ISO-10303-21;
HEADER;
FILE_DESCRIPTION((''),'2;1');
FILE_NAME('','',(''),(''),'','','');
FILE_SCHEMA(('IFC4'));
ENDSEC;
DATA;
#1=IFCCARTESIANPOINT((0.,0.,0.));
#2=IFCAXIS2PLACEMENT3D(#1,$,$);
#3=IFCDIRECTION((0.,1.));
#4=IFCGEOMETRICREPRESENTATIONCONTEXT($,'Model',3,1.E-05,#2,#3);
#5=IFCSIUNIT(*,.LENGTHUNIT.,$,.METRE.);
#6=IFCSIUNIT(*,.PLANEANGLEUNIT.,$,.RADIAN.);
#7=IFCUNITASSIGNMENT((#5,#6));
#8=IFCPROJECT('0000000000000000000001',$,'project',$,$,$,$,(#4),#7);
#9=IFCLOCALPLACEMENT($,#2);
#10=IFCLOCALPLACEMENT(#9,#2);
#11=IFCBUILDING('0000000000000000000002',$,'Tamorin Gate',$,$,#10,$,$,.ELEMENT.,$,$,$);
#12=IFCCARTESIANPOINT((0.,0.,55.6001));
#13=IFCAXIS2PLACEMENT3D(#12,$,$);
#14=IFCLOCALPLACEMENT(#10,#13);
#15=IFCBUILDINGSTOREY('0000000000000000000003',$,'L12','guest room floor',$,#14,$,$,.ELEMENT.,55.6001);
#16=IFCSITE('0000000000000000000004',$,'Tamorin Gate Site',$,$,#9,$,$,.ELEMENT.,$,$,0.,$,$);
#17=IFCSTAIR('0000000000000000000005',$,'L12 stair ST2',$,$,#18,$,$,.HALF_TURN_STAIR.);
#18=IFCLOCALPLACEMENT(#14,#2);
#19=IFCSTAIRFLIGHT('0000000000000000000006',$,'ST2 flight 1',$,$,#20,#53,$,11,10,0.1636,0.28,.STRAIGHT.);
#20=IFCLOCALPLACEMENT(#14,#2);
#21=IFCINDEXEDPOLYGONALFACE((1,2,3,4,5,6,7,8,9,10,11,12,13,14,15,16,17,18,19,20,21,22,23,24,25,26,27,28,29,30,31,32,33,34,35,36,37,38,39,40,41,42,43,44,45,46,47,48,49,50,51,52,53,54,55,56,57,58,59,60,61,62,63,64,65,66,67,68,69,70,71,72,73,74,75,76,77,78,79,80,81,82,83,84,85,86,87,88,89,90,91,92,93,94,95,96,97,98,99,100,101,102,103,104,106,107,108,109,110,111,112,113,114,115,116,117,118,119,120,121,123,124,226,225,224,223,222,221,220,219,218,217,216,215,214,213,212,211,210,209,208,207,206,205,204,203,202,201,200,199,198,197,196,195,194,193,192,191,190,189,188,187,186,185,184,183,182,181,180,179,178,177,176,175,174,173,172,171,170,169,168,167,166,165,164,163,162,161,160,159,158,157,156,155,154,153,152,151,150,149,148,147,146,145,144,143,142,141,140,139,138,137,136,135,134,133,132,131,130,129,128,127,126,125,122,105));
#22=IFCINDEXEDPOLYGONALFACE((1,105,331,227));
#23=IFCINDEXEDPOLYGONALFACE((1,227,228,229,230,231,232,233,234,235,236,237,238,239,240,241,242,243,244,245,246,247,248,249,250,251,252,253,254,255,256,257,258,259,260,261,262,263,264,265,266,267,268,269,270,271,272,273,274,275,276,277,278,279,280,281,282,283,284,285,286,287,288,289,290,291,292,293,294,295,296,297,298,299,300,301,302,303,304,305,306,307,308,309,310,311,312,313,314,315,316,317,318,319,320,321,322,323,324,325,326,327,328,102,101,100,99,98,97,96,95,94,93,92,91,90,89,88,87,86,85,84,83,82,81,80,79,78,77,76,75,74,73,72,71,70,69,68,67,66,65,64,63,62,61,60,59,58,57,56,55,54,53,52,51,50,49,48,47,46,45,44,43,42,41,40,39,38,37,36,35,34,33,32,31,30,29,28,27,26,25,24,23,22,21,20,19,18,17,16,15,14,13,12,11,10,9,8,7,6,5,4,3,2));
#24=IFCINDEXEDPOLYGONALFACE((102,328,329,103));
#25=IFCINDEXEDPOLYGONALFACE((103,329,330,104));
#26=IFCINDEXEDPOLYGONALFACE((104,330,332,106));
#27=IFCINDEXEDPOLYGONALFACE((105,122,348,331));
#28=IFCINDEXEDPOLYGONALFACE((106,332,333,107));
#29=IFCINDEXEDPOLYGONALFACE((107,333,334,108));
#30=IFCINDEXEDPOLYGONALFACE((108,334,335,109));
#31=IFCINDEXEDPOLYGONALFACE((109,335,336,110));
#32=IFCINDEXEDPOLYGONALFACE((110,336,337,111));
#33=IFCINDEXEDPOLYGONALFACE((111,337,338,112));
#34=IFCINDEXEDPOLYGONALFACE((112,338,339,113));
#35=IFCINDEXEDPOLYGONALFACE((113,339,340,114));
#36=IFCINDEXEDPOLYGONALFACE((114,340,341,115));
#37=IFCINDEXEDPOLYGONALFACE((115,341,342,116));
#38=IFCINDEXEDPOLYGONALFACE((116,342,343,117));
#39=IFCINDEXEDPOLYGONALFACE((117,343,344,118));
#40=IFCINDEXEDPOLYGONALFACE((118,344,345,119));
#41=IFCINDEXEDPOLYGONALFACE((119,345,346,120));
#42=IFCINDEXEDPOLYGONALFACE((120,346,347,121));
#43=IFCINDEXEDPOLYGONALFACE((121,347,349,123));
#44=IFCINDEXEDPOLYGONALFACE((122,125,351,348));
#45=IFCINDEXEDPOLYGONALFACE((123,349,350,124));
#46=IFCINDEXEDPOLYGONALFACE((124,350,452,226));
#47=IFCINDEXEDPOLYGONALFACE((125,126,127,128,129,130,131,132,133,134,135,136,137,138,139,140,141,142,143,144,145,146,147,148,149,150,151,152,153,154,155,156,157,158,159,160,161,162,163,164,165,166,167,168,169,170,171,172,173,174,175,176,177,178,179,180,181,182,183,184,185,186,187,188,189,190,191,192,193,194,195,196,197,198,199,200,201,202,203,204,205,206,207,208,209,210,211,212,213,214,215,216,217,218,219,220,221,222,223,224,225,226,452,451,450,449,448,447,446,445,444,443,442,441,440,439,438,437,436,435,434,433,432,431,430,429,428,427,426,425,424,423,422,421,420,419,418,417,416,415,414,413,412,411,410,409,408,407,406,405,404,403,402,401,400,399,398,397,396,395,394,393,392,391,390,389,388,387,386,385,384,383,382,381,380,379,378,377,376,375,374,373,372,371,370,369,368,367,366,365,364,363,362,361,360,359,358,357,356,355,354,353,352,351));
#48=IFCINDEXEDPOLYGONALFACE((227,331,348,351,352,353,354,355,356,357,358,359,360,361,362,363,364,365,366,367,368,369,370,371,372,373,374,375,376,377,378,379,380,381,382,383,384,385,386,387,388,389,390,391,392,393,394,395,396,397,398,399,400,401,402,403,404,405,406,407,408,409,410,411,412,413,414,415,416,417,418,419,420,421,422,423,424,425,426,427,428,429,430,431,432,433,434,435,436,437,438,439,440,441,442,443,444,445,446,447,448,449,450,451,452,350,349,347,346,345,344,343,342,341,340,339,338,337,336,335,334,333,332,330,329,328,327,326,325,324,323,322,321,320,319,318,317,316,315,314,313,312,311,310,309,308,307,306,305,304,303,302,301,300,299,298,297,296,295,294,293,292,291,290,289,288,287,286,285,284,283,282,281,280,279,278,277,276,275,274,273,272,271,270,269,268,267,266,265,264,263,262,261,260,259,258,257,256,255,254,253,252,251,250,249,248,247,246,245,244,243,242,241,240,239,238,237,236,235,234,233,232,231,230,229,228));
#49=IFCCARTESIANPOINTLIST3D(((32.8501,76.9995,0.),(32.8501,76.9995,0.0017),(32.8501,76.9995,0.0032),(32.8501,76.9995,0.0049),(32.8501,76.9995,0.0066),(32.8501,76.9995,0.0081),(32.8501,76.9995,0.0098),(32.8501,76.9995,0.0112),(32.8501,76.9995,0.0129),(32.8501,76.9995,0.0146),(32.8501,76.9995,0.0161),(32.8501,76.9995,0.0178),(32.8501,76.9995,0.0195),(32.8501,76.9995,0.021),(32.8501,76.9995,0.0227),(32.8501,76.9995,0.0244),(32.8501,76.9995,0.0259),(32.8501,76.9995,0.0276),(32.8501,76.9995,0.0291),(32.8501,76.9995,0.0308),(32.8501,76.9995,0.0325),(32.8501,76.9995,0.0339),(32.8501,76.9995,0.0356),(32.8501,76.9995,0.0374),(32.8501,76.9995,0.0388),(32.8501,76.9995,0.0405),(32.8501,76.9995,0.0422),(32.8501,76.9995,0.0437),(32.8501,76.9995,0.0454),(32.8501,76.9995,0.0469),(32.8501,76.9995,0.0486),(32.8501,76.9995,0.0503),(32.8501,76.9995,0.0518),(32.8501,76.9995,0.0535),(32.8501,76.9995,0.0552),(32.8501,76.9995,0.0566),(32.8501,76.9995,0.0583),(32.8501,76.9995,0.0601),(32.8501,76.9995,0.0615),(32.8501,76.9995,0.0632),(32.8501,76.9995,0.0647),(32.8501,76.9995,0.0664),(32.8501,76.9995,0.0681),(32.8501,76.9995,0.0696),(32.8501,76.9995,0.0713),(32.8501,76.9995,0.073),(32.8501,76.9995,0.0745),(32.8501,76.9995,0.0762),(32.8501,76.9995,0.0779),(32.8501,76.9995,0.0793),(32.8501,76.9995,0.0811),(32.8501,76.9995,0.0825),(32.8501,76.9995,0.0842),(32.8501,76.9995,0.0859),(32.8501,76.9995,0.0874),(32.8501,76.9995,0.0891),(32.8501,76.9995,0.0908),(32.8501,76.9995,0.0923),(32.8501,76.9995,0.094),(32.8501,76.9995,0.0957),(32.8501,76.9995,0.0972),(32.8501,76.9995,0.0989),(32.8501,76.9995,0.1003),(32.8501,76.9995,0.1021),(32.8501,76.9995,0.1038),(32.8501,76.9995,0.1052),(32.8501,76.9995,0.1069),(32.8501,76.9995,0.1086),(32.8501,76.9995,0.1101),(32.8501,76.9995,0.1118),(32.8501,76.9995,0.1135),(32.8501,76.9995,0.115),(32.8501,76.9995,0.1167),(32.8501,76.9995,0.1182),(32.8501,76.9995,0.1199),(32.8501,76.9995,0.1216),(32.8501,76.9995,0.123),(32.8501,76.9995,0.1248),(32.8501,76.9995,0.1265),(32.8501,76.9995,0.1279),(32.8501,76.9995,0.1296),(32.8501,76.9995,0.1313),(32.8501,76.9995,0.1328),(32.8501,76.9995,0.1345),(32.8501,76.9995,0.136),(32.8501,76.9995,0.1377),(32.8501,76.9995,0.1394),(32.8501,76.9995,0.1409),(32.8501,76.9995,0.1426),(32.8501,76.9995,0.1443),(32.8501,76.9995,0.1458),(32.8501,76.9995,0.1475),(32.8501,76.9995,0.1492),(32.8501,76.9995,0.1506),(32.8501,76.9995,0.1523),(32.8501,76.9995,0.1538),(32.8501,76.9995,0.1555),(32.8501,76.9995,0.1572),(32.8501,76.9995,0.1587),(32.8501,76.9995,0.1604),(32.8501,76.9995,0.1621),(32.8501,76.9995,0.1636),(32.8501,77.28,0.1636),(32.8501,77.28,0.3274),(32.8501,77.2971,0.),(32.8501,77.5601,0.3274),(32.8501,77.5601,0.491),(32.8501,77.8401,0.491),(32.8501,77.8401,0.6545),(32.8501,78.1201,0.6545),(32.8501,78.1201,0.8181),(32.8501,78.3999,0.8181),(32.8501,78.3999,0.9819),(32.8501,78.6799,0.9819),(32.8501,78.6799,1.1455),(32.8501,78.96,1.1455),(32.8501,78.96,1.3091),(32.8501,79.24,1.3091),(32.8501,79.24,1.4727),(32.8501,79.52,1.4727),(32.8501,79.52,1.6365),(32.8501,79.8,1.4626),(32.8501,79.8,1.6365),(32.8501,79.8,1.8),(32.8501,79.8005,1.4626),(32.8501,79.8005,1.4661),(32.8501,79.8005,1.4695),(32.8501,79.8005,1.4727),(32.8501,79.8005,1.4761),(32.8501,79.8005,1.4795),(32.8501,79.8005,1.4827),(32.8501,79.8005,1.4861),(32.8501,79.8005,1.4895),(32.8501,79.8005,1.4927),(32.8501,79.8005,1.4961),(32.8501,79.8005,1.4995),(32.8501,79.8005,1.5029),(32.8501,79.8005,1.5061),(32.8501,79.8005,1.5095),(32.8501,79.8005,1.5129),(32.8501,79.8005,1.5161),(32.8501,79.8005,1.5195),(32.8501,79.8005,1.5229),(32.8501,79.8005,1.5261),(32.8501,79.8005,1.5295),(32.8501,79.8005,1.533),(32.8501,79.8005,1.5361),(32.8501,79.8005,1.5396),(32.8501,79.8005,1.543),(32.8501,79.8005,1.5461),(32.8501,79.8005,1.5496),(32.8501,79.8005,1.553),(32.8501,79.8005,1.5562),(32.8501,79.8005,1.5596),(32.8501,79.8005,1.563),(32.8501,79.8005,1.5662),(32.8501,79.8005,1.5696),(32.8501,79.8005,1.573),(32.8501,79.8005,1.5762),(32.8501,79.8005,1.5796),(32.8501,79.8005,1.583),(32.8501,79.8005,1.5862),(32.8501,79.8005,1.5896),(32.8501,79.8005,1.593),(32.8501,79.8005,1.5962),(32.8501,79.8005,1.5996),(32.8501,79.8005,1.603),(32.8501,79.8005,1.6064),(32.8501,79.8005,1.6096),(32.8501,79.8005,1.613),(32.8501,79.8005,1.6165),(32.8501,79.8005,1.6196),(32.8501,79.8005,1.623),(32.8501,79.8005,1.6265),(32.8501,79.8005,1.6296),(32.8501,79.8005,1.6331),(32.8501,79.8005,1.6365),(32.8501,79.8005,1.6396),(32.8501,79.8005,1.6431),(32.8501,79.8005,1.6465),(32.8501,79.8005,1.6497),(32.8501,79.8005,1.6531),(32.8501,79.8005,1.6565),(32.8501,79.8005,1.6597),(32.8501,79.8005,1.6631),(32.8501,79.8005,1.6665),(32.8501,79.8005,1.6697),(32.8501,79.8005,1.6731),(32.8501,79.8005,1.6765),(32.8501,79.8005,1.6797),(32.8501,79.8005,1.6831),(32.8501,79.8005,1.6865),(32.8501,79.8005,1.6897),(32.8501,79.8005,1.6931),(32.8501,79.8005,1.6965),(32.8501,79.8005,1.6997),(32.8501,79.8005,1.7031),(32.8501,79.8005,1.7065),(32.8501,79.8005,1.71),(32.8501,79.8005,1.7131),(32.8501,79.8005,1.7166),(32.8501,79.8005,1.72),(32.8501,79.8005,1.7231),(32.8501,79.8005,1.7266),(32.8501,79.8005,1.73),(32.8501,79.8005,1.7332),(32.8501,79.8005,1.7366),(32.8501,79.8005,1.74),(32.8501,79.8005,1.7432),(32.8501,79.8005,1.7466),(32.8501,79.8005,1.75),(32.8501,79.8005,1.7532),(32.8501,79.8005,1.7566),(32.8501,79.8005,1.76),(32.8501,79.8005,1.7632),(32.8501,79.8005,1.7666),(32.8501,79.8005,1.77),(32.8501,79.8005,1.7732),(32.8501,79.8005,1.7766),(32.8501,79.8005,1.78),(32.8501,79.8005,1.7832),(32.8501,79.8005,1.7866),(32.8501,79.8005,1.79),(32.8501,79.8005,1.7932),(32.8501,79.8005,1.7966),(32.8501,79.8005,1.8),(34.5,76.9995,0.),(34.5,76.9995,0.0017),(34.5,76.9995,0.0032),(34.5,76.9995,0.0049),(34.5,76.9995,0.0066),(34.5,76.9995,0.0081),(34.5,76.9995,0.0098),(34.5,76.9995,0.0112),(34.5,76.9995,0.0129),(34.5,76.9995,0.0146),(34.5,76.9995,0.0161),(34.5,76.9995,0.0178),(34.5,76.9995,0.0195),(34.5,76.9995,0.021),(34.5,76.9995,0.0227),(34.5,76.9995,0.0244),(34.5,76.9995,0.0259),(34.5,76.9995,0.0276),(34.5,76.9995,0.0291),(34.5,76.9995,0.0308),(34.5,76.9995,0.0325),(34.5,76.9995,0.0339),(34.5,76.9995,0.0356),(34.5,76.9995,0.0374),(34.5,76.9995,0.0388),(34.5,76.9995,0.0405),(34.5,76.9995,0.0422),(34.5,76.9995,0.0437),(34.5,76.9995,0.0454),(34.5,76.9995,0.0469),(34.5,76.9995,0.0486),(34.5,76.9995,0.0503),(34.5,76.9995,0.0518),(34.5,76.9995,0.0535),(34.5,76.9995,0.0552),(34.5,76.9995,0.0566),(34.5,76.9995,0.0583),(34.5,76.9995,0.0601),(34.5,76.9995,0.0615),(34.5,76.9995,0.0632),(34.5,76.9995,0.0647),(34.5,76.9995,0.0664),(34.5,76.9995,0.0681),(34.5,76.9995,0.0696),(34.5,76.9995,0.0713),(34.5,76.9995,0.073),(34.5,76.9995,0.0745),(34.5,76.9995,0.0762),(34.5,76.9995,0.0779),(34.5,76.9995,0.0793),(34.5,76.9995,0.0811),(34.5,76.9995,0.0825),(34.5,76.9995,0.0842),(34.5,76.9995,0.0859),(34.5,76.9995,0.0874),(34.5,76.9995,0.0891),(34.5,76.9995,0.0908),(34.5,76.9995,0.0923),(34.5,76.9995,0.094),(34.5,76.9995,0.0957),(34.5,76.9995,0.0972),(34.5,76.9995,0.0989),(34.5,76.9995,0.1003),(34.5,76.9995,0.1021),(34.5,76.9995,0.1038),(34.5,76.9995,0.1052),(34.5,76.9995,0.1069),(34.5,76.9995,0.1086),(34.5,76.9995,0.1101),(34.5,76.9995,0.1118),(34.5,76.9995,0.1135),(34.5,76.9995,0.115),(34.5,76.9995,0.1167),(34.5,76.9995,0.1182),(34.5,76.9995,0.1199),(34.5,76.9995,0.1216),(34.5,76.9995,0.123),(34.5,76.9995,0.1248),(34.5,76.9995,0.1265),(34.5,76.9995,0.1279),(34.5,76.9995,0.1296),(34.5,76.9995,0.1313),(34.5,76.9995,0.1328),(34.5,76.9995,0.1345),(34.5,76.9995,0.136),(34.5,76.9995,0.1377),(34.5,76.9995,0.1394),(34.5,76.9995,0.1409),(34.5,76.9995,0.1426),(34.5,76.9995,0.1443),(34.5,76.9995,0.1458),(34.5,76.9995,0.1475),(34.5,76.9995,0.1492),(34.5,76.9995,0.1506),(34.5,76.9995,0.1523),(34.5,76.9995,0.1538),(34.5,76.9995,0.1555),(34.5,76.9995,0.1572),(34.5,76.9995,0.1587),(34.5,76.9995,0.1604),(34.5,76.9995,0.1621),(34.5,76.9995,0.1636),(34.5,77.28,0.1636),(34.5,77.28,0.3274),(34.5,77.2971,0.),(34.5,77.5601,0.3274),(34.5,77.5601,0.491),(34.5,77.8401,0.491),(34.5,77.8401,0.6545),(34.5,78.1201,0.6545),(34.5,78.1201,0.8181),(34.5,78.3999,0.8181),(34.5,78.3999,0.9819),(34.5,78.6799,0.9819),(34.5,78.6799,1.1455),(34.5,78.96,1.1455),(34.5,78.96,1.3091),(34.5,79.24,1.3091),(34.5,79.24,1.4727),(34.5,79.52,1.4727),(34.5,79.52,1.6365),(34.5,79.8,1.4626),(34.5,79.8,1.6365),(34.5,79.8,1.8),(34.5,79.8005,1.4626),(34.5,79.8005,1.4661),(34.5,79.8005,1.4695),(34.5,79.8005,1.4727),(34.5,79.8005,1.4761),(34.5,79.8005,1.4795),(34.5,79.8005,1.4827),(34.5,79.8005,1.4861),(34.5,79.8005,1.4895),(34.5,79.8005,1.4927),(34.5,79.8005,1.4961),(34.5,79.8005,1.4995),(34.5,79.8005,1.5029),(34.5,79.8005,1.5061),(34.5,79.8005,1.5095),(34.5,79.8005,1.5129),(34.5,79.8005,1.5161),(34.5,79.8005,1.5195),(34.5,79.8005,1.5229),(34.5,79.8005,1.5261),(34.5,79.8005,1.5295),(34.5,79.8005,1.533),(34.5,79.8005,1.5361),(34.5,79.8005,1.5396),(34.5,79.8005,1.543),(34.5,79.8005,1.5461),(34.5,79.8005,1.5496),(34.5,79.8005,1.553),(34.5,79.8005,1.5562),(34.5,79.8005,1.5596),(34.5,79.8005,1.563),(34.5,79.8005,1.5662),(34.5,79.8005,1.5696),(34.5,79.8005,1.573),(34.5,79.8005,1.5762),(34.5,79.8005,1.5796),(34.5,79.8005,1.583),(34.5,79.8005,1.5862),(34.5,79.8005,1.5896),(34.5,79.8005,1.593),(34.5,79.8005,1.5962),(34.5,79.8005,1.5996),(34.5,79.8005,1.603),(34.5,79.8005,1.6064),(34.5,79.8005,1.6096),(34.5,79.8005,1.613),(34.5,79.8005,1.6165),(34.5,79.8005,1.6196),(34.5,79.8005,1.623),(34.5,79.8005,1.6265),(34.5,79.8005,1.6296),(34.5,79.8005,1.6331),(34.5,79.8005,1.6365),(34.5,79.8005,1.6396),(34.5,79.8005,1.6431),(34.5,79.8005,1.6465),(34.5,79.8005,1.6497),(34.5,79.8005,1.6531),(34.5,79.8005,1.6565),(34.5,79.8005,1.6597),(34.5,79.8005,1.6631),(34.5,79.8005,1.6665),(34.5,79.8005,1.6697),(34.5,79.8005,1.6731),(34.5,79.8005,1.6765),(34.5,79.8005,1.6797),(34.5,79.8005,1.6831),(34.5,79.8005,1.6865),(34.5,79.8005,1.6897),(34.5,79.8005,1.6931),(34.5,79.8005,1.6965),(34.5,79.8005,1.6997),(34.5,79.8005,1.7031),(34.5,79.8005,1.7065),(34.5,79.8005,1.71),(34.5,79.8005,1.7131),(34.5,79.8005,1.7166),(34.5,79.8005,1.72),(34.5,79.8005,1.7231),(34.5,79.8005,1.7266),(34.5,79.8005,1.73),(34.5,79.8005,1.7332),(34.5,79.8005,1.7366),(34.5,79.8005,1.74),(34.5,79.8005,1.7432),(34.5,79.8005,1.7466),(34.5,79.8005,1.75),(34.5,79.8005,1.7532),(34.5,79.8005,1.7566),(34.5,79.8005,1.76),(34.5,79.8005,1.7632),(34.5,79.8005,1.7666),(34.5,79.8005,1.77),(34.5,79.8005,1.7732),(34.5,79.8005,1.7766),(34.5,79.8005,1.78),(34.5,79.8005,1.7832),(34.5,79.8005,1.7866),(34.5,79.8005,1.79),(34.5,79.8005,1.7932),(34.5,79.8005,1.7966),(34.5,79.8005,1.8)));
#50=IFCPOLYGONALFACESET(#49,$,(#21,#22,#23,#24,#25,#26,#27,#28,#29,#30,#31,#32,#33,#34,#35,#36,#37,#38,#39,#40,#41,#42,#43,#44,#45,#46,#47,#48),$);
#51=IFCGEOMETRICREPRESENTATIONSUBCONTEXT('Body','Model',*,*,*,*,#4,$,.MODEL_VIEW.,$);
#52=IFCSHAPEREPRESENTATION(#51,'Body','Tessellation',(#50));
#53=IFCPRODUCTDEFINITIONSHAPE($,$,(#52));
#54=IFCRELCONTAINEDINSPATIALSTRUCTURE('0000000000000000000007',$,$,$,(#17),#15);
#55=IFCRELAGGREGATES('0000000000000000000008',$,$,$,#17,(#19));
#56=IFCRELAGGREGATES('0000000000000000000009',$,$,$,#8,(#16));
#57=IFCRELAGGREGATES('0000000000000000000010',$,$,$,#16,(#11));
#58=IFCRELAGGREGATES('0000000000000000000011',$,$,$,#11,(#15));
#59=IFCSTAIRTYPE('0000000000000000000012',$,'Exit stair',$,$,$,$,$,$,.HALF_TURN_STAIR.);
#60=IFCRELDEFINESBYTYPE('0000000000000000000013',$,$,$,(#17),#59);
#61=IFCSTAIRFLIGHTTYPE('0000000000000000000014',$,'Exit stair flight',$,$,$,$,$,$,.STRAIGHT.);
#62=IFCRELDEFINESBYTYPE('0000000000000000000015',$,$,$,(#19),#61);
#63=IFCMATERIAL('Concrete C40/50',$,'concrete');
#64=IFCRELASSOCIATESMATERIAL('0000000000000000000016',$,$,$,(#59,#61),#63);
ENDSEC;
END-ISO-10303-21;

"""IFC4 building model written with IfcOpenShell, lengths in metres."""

from ifc_helpers import new_model, si_unit, direction, frame, origin, place, context, subcontext, project, spatial, polyline, outline, extrude, material, type_object, element, aggregate, save


model = new_model("IFC4")

# Units and contexts
model_context = context("Model", 3, precision=1e-05, world=origin(), true_north=direction((0.0, 1.0)))
body_context = subcontext(model_context, "Body", "Model", "MODEL_VIEW")
ifc_project = project(units=[si_unit("LENGTHUNIT", "METRE"), si_unit("PLANEANGLEUNIT", "RADIAN")], contexts=[model_context])

# Site, building, storey
site_placement = place(None, origin())
site = spatial("IfcSite", under=ifc_project, at=site_placement, Name="Tamorin Gate Site", CompositionType="ELEMENT", RefElevation=0.0)
building_placement = place(site_placement, origin())
building = spatial("IfcBuilding", under=site, at=building_placement, Name="Tamorin Gate", CompositionType="ELEMENT")
storey_placement = place(building_placement, frame((0.0, 0.0, 55.6001)))
storey = spatial("IfcBuildingStorey", under=building, at=storey_placement, Name="L12", Description="guest room floor", CompositionType="ELEMENT", Elevation=55.6001)

# Shared definitions
ifc_material_1 = material(Name="Concrete C40/50", Category="concrete")

# Stair, stair flight
stair_type = type_object("IfcStairType", Name="Exit stair", PredefinedType="HALF_TURN_STAIR", material=ifc_material_1)
stair_placement = place(storey_placement, origin())
stair = element("IfcStair", 1, at=stair_placement, inside=storey, type_object=stair_type, Name="L12 stair ST2", PredefinedType="HALF_TURN_STAIR")
stair_flight_type = type_object("IfcStairFlightType", Name="Exit stair flight", PredefinedType="STRAIGHT", material=ifc_material_1)
stair_flight_1_placement = place(storey_placement, frame((33.675, 77.0, 0.0), z_axis=(0.0, 0.0, 1.0), x_axis=(0.0, 1.0, 0.0)))
stair_flight_1 = element("IfcStairFlight", 2, at=stair_flight_1_placement, type_object=stair_flight_type, Name="ST2 flight 1", NumberOfRisers=11, NumberOfTreads=10, PredefinedType="STRAIGHT", RiserHeight=0.1636, TreadLength=0.28, context=body_context, shape_type="SweptSolid", body=[
    extrude(outline(polyline([(-0.0005, 0.0), (-0.0005, 0.0017), (-0.0005, 0.0032), (-0.0005, 0.0049), (-0.0005, 0.0066), (-0.0005, 0.0081), (-0.0005, 0.0098), (-0.0005, 0.0112), (-0.0005, 0.0129), (-0.0005, 0.0146), (-0.0005, 0.0161), (-0.0005, 0.0178), (-0.0005, 0.0195), (-0.0005, 0.021), (-0.0005, 0.0227), (-0.0005, 0.0244), (-0.0005, 0.0259), (-0.0005, 0.0276), (-0.0005, 0.0291), (-0.0005, 0.0308), (-0.0005, 0.0325), (-0.0005, 0.0339), (-0.0005, 0.0356), (-0.0005, 0.0374), (-0.0005, 0.0388), (-0.0005, 0.0405), (-0.0005, 0.0422), (-0.0005, 0.0437), (-0.0005, 0.0454), (-0.0005, 0.0469), (-0.0005, 0.0486), (-0.0005, 0.0503), (-0.0005, 0.0518), (-0.0005, 0.0535), (-0.0005, 0.0552), (-0.0005, 0.0566), (-0.0005, 0.0583), (-0.0005, 0.0601), (-0.0005, 0.0615), (-0.0005, 0.0632), (-0.0005, 0.0647), (-0.0005, 0.0664), (-0.0005, 0.0681), (-0.0005, 0.0696), (-0.0005, 0.0713), (-0.0005, 0.073), (-0.0005, 0.0745), (-0.0005, 0.0762), (-0.0005, 0.0779), (-0.0005, 0.0793), (-0.0005, 0.0811), (-0.0005, 0.0825), (-0.0005, 0.0842), (-0.0005, 0.0859), (-0.0005, 0.0874), (-0.0005, 0.0891), (-0.0005, 0.0908), (-0.0005, 0.0923), (-0.0005, 0.094), (-0.0005, 0.0957), (-0.0005, 0.0972), (-0.0005, 0.0989), (-0.0005, 0.1003), (-0.0005, 0.1021), (-0.0005, 0.1038), (-0.0005, 0.1052), (-0.0005, 0.1069), (-0.0005, 0.1086), (-0.0005, 0.1101), (-0.0005, 0.1118), (-0.0005, 0.1135), (-0.0005, 0.115), (-0.0005, 0.1167), (-0.0005, 0.1182), (-0.0005, 0.1199), (-0.0005, 0.1216), (-0.0005, 0.123), (-0.0005, 0.1248), (-0.0005, 0.1265), (-0.0005, 0.1279), (-0.0005, 0.1296), (-0.0005, 0.1313), (-0.0005, 0.1328), (-0.0005, 0.1345), (-0.0005, 0.136), (-0.0005, 0.1377), (-0.0005, 0.1394), (-0.0005, 0.1409), (-0.0005, 0.1426), (-0.0005, 0.1443), (-0.0005, 0.1458), (-0.0005, 0.1475), (-0.0005, 0.1492), (-0.0005, 0.1506), (-0.0005, 0.1523), (-0.0005, 0.1538), (-0.0005, 0.1555), (-0.0005, 0.1572), (-0.0005, 0.1587), (-0.0005, 0.1604), (-0.0005, 0.1621), (-0.0005, 0.1636), (0.28, 0.1636), (0.28, 0.3274), (0.5601, 0.3274), (0.5601, 0.491), (0.8401, 0.491), (0.8401, 0.6545), (1.1201, 0.6545), (1.1201, 0.8181), (1.3999, 0.8181), (1.3999, 0.9819), (1.6799, 0.9819), (1.6799, 1.1455), (1.96, 1.1455), (1.96, 1.3091), (2.24, 1.3091), (2.24, 1.4727), (2.52, 1.4727), (2.52, 1.6365), (2.8, 1.6365), (2.8, 1.8), (2.8005, 1.8), (2.8005, 1.7966), (2.8005, 1.7932), (2.8005, 1.79), (2.8005, 1.7866), (2.8005, 1.7832), (2.8005, 1.78), (2.8005, 1.7766), (2.8005, 1.7732), (2.8005, 1.77), (2.8005, 1.7666), (2.8005, 1.7632), (2.8005, 1.76), (2.8005, 1.7566), (2.8005, 1.7532), (2.8005, 1.75), (2.8005, 1.7466), (2.8005, 1.7432), (2.8005, 1.74), (2.8005, 1.7366), (2.8005, 1.7332), (2.8005, 1.73), (2.8005, 1.7266), (2.8005, 1.7231), (2.8005, 1.72), (2.8005, 1.7166), (2.8005, 1.7131), (2.8005, 1.71), (2.8005, 1.7065), (2.8005, 1.7031), (2.8005, 1.6997), (2.8005, 1.6965), (2.8005, 1.6931), (2.8005, 1.6897), (2.8005, 1.6865), (2.8005, 1.6831), (2.8005, 1.6797), (2.8005, 1.6765), (2.8005, 1.6731), (2.8005, 1.6697), (2.8005, 1.6665), (2.8005, 1.6631), (2.8005, 1.6597), (2.8005, 1.6565), (2.8005, 1.6531), (2.8005, 1.6497), (2.8005, 1.6465), (2.8005, 1.6431), (2.8005, 1.6396), (2.8005, 1.6365), (2.8005, 1.6331), (2.8005, 1.6296), (2.8005, 1.6265), (2.8005, 1.623), (2.8005, 1.6196), (2.8005, 1.6165), (2.8005, 1.613), (2.8005, 1.6096), (2.8005, 1.6064), (2.8005, 1.603), (2.8005, 1.5996), (2.8005, 1.5962), (2.8005, 1.593), (2.8005, 1.5896), (2.8005, 1.5862), (2.8005, 1.583), (2.8005, 1.5796), (2.8005, 1.5762), (2.8005, 1.573), (2.8005, 1.5696), (2.8005, 1.5662), (2.8005, 1.563), (2.8005, 1.5596), (2.8005, 1.5562), (2.8005, 1.553), (2.8005, 1.5496), (2.8005, 1.5461), (2.8005, 1.543), (2.8005, 1.5396), (2.8005, 1.5361), (2.8005, 1.533), (2.8005, 1.5295), (2.8005, 1.5261), (2.8005, 1.5229), (2.8005, 1.5195), (2.8005, 1.5161), (2.8005, 1.5129), (2.8005, 1.5095), (2.8005, 1.5061), (2.8005, 1.5029), (2.8005, 1.4995), (2.8005, 1.4961), (2.8005, 1.4927), (2.8005, 1.4895), (2.8005, 1.4861), (2.8005, 1.4827), (2.8005, 1.4795), (2.8005, 1.4761), (2.8005, 1.4727), (2.8005, 1.4695), (2.8005, 1.4661), (2.8005, 1.4626), (2.8, 1.4626), (0.2971, 0.0), (-0.0005, 0.0)])), frame((0.0, 0.825, 0.0), z_axis=(0.0, -1.0, 0.0), x_axis=(1.0, 0.0, 0.0)), (0.0, 0.0, 1.0), 1.6499),
])
aggregate(stair, [stair_flight_1])

save(model, "model.ifc")
